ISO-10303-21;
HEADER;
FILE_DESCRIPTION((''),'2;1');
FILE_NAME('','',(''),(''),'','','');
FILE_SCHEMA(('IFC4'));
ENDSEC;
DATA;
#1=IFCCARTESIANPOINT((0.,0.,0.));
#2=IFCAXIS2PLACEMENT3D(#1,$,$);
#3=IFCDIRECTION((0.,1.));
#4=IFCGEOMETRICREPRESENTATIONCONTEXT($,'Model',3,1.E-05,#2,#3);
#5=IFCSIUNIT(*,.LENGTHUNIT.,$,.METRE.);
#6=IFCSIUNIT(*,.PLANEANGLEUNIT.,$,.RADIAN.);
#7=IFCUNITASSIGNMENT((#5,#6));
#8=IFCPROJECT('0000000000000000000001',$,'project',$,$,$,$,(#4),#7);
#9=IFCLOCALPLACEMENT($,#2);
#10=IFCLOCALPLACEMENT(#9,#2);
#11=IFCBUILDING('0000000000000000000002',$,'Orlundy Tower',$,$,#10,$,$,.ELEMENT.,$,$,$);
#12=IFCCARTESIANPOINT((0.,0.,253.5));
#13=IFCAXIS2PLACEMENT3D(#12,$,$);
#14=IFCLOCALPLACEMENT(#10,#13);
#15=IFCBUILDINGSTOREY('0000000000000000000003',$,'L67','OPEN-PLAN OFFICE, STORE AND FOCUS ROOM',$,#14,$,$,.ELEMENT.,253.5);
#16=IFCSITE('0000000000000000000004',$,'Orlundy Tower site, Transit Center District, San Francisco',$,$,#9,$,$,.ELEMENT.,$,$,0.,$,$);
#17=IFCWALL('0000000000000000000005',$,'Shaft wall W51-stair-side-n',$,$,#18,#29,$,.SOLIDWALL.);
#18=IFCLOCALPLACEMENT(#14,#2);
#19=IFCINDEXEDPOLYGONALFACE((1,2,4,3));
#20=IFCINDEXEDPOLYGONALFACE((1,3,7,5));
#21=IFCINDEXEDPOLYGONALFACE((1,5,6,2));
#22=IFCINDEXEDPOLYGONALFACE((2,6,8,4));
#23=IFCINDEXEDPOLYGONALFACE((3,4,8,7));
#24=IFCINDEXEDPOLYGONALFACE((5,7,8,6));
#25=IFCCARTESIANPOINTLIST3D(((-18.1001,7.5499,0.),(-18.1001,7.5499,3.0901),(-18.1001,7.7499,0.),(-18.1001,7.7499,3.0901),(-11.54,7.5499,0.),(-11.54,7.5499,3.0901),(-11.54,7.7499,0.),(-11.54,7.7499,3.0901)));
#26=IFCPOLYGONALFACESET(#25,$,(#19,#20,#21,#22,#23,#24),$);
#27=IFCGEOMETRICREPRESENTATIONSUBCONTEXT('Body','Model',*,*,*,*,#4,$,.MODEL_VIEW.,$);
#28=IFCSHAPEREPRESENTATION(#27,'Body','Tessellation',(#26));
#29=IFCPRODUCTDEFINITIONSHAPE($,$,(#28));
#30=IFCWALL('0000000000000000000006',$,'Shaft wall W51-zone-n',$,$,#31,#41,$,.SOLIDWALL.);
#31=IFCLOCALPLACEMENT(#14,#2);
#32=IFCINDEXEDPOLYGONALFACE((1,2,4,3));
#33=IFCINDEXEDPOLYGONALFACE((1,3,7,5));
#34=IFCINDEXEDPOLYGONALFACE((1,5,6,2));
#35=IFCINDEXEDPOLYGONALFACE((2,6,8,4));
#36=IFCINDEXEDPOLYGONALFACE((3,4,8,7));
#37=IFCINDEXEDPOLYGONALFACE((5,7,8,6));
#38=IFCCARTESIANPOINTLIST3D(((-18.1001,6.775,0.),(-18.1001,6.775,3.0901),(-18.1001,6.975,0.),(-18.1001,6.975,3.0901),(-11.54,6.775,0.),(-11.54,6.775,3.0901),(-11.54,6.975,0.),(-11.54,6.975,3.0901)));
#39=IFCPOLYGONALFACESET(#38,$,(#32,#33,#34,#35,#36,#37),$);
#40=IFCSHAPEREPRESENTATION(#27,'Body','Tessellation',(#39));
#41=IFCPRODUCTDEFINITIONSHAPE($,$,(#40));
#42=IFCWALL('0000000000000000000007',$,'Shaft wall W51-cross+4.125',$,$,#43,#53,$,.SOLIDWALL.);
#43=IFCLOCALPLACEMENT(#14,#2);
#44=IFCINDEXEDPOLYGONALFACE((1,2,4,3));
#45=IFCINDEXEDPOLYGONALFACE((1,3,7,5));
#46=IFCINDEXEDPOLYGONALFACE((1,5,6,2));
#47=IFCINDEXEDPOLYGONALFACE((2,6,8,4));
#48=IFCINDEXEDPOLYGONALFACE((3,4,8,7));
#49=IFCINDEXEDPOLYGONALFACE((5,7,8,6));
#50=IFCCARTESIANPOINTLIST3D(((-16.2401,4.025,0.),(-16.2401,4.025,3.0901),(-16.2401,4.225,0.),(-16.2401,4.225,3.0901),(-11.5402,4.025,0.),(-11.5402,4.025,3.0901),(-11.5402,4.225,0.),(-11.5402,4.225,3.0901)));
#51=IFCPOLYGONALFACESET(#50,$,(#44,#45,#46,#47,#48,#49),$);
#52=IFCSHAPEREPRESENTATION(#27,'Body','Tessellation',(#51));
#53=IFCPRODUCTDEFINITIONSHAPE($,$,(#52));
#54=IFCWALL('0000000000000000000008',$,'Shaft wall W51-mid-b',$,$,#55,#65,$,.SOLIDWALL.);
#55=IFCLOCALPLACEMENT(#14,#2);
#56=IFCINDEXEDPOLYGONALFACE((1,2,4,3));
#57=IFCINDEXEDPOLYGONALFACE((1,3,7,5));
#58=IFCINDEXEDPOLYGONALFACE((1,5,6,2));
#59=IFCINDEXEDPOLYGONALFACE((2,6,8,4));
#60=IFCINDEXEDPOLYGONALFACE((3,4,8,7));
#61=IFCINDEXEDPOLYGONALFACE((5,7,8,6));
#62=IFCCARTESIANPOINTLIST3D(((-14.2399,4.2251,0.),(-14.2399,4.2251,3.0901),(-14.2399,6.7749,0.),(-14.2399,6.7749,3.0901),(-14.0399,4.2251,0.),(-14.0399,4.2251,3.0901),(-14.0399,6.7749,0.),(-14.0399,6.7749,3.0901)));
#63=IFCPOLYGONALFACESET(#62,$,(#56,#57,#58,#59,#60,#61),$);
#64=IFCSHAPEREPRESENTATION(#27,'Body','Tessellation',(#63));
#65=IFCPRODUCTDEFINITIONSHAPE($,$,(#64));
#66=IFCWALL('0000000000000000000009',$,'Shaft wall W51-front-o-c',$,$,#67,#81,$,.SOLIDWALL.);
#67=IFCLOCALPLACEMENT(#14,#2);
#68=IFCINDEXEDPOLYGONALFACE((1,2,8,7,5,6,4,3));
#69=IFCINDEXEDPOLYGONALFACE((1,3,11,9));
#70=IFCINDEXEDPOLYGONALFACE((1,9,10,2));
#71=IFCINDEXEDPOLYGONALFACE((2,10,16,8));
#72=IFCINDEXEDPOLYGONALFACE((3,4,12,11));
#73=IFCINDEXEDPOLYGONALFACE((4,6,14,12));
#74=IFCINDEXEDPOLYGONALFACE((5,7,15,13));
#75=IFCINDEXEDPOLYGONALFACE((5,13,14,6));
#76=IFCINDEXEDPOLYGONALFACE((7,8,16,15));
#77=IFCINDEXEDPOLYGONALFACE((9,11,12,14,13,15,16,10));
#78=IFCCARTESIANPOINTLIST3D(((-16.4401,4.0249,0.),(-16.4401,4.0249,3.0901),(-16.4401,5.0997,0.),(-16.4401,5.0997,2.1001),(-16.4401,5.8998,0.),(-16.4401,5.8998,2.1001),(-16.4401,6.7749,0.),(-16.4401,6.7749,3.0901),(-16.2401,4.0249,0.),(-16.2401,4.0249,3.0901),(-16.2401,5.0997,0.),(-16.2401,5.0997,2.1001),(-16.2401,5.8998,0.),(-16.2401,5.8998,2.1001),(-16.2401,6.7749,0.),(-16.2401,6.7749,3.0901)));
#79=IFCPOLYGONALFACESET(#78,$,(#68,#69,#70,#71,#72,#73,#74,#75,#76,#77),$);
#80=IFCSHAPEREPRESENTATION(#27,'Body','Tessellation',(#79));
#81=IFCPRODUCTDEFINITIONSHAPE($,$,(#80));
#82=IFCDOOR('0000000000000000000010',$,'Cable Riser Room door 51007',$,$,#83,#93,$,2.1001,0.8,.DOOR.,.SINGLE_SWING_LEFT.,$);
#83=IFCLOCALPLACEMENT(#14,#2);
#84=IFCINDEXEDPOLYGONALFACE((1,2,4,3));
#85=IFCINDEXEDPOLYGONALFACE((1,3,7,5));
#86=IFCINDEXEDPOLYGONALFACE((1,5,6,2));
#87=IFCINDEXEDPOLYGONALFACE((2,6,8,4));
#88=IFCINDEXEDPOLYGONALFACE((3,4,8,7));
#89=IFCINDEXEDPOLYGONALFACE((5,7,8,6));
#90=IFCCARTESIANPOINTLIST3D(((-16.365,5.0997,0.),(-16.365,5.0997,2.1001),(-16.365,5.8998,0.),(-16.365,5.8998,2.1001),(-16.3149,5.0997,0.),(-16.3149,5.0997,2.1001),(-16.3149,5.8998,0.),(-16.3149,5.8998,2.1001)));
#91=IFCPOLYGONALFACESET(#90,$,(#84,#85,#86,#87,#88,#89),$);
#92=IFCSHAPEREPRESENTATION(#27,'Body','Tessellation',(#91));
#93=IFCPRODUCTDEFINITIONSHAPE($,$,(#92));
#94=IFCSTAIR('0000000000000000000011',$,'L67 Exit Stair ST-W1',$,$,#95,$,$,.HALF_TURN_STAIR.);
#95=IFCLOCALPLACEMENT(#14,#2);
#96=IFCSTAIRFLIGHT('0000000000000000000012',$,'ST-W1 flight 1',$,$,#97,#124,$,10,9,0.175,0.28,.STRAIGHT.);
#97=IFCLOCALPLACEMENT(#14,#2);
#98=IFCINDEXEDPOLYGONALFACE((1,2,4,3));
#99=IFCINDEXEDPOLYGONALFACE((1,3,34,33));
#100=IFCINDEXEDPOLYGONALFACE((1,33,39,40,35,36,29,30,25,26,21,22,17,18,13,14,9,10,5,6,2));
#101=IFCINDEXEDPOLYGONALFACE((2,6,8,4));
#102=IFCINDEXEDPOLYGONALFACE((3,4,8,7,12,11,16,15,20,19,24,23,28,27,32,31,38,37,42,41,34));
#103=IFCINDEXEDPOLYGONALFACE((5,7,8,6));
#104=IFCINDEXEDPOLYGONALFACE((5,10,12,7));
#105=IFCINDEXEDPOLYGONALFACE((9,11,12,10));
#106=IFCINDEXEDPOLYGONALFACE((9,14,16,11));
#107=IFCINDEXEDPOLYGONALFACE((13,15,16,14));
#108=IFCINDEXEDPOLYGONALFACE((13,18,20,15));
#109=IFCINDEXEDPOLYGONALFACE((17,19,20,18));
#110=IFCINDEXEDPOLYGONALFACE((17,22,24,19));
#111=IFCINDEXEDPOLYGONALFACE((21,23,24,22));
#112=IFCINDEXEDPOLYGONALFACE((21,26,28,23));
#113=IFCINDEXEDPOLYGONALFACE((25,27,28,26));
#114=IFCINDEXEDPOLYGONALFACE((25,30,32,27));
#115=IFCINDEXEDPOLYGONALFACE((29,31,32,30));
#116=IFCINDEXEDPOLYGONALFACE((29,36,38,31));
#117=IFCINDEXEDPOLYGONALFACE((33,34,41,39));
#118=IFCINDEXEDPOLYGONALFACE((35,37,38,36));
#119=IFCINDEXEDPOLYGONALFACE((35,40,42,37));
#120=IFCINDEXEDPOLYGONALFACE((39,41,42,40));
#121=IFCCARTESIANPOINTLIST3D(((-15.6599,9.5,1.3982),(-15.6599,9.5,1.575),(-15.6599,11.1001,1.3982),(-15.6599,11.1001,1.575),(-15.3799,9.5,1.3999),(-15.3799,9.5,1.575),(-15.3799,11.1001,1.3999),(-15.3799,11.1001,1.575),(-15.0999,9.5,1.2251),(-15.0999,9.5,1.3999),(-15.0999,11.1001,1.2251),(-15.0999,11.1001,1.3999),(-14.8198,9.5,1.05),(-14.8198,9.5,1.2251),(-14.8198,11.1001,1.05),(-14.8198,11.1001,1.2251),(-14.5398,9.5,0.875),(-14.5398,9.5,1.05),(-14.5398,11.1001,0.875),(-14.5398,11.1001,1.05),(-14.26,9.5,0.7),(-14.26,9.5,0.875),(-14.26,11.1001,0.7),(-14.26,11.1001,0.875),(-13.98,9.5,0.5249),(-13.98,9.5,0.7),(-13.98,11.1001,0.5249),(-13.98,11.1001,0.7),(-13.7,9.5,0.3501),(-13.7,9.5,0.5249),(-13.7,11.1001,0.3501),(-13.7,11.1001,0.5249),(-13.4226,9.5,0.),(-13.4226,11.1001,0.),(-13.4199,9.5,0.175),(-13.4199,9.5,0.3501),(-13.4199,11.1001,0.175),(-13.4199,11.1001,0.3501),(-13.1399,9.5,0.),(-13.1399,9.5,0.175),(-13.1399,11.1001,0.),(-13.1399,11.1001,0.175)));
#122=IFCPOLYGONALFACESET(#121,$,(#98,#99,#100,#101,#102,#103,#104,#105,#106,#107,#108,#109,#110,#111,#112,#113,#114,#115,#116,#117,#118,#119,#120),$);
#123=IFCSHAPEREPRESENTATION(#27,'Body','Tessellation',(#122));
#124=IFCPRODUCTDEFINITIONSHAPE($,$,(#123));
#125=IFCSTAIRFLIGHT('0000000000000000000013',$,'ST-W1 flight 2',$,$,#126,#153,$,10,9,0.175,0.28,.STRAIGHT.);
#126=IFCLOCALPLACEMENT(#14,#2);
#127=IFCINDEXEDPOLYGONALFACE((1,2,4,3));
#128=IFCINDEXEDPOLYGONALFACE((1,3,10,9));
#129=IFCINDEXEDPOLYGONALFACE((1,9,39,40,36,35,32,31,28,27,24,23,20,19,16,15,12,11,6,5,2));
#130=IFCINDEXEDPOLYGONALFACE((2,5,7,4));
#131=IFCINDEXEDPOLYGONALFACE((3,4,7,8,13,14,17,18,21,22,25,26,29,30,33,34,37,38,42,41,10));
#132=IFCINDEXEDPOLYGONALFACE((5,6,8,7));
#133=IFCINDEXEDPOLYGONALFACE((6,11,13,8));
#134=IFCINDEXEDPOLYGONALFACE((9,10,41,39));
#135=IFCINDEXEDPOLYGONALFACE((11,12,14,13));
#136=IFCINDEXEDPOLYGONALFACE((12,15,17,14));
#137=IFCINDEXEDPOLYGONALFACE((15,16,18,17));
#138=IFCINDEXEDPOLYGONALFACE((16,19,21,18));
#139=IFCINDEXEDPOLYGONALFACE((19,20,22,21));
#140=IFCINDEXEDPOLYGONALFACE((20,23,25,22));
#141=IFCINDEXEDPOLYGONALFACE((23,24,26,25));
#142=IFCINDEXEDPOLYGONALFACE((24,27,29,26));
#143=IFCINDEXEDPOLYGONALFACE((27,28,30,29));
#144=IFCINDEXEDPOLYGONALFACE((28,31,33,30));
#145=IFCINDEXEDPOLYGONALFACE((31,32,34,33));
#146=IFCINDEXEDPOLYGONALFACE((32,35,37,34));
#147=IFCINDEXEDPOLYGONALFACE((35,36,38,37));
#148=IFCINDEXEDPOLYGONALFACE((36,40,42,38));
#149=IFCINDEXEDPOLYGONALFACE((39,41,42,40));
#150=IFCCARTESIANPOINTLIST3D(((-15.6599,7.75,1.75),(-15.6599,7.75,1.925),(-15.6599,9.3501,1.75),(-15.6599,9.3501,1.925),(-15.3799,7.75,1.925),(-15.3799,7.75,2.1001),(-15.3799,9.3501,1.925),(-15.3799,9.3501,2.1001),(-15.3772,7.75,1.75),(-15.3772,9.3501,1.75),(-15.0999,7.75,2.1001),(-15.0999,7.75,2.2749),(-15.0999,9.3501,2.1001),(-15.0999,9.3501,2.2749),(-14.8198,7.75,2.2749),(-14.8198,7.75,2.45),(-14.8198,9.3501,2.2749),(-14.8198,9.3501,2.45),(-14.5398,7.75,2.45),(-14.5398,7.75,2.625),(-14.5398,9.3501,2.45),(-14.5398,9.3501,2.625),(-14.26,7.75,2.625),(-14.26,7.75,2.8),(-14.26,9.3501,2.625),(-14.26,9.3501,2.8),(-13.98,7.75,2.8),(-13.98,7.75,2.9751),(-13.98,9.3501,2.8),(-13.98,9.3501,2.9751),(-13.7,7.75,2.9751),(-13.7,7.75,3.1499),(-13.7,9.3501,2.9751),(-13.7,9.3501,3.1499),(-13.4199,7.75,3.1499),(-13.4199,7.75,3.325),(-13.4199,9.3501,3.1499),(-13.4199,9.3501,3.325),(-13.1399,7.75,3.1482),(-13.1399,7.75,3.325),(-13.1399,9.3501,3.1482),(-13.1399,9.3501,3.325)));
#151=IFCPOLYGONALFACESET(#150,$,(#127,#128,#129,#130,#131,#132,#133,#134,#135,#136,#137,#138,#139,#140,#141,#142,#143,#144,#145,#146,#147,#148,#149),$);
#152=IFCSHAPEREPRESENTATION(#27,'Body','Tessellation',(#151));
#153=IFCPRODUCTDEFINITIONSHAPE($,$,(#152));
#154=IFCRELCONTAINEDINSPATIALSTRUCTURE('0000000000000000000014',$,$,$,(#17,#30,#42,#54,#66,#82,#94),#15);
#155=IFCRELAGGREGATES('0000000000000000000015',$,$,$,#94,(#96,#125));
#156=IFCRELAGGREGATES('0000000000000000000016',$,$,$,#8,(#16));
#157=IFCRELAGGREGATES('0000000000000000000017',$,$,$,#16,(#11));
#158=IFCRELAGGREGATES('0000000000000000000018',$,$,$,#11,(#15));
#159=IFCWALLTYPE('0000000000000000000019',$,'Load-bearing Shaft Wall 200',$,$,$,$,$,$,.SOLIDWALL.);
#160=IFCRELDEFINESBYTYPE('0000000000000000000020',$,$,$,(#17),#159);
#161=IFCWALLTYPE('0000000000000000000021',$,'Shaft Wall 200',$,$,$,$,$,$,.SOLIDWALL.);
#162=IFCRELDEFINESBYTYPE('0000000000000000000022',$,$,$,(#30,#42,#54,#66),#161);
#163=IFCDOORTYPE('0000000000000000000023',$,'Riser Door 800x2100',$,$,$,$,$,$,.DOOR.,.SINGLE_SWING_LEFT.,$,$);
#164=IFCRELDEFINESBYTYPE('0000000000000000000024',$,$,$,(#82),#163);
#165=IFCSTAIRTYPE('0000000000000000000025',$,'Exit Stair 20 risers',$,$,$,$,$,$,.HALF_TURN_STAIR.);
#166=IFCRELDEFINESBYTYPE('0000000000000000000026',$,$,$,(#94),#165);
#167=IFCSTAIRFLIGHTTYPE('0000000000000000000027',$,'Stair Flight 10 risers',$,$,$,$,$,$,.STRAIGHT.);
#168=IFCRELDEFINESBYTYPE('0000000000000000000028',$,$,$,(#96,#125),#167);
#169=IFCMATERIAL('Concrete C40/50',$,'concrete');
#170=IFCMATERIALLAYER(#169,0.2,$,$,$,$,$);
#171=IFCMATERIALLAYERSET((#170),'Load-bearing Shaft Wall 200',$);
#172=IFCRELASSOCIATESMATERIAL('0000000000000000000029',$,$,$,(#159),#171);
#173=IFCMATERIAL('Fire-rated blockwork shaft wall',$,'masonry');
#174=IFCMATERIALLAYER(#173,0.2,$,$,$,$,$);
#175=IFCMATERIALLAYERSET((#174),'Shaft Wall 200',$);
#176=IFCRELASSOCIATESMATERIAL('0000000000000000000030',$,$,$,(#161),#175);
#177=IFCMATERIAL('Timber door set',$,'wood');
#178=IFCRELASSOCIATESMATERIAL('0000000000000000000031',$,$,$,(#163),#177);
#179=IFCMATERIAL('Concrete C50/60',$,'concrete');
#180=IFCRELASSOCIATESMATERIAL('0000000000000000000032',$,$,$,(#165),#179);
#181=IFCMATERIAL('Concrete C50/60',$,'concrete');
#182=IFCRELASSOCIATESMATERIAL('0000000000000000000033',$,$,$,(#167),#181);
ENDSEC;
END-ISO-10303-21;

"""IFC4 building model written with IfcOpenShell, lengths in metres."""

from ifc_helpers import new_model, si_unit, direction, frame, frame_2d, origin, place, context, subcontext, project, spatial, polyline, rectangle, outline, extrude, material, layer, layer_set, type_object, element, fill, aggregate, save


model = new_model("IFC4")

# Units and contexts
model_context = context("Model", 3, precision=1e-05, world=origin(), true_north=direction((0.0, 1.0)))
body_context = subcontext(model_context, "Body", "Model", "MODEL_VIEW")
ifc_project = project(units=[si_unit("LENGTHUNIT", "METRE"), si_unit("PLANEANGLEUNIT", "RADIAN")], contexts=[model_context])

# Site, building, storey
site_placement = place(None, origin())
site = spatial("IfcSite", under=ifc_project, at=site_placement, Name="Orlundy Tower site, Transit Center District, San Francisco", CompositionType="ELEMENT", RefElevation=0.0)
building_placement = place(site_placement, origin())
building = spatial("IfcBuilding", under=site, at=building_placement, Name="Orlundy Tower", CompositionType="ELEMENT")
storey_placement = place(building_placement, frame((0.0, 0.0, 253.5)))
storey = spatial("IfcBuildingStorey", under=building, at=storey_placement, Name="L67", Description="OPEN-PLAN OFFICE, STORE AND FOCUS ROOM", CompositionType="ELEMENT", Elevation=253.5)

# Shared definitions
ifc_material_1 = material(Name="Concrete C40/50", Category="concrete")
ifc_layer_1 = layer(ifc_material_1, 0.2)
ifc_layer_set_1 = layer_set([ifc_layer_1], Name="Load-bearing Shaft Wall 200")
wall_type_1 = type_object("IfcWallType", Name="Load-bearing Shaft Wall 200", PredefinedType="SOLIDWALL", material=ifc_layer_set_1)

# Walls
wall_1_placement = place(storey_placement, frame((-11.54, 7.6499, 0.0), z_axis=(0.0, 0.0, 1.0), x_axis=(-1.0, 0.0, 0.0)))
element("IfcWall", 1, at=wall_1_placement, inside=storey, type_object=wall_type_1, Name="Shaft wall W51-stair-side-n", PredefinedType="SOLIDWALL", context=body_context, shape_type="SweptSolid", body=[
    extrude(rectangle(XDim=6.5601, YDim=0.2, at=frame_2d((3.28, 0.0))), origin(), (0.0, 0.0, 1.0), 3.0901),
])
ifc_material_2 = material(Name="Fire-rated blockwork shaft wall", Category="masonry")
ifc_layer_2 = layer(ifc_material_2, 0.2)
ifc_layer_set_2 = layer_set([ifc_layer_2], Name="Shaft Wall 200")
wall_type_2 = type_object("IfcWallType", Name="Shaft Wall 200", PredefinedType="SOLIDWALL", material=ifc_layer_set_2)
wall_2_placement = place(storey_placement, frame((-11.54, 6.875, 0.0), z_axis=(0.0, 0.0, 1.0), x_axis=(-1.0, 0.0, 0.0)))
element("IfcWall", 2, at=wall_2_placement, inside=storey, type_object=wall_type_2, Name="Shaft wall W51-zone-n", PredefinedType="SOLIDWALL", context=body_context, shape_type="SweptSolid", body=[
    extrude(rectangle(XDim=6.5601, YDim=0.2, at=frame_2d((3.28, 0.0))), origin(), (0.0, 0.0, 1.0), 3.0901),
])
wall_3_placement = place(storey_placement, frame((-11.54, 4.125, 0.0), z_axis=(0.0, 0.0, 1.0), x_axis=(-1.0, 0.0, 0.0)))
element("IfcWall", 3, at=wall_3_placement, inside=storey, type_object=wall_type_2, Name="Shaft wall W51-cross+4.125", PredefinedType="SOLIDWALL", context=body_context, shape_type="SweptSolid", body=[
    extrude(rectangle(XDim=4.7, YDim=0.2, at=frame_2d((2.3501, 0.0))), origin(), (0.0, 0.0, 1.0), 3.0901),
])
wall_4_placement = place(storey_placement, frame((-14.1399, 4.2251, 0.0), z_axis=(0.0, 0.0, 1.0), x_axis=(0.0, 1.0, 0.0)))
element("IfcWall", 4, at=wall_4_placement, inside=storey, type_object=wall_type_2, Name="Shaft wall W51-mid-b", PredefinedType="SOLIDWALL", context=body_context, shape_type="SweptSolid", body=[
    extrude(rectangle(XDim=2.5498, YDim=0.2, at=frame_2d((1.2749, 0.0))), origin(), (0.0, 0.0, 1.0), 3.0901),
])

# Wall, opening, door
wall_5_placement = place(storey_placement, frame((-16.3401, 4.0249, 0.0), z_axis=(0.0, 0.0, 1.0), x_axis=(0.0, 1.0, 0.0)))
wall_5 = element("IfcWall", 5, at=wall_5_placement, inside=storey, type_object=wall_type_2, Name="Shaft wall W51-front-o-c", PredefinedType="SOLIDWALL", context=body_context, shape_type="SweptSolid", body=[
    extrude(rectangle(XDim=2.75, YDim=0.2, at=frame_2d((1.375, 0.0))), origin(), (0.0, 0.0, 1.0), 3.0901),
])
opening_1_placement = place(wall_5_placement, frame((1.075, 0.0, 0.0)))
opening_1 = element("IfcOpeningElement", 6, at=opening_1_placement, cuts=wall_5, PredefinedType="OPENING", context=body_context, shape_type="SweptSolid", body=[
    extrude(rectangle(XDim=0.8, YDim=2.1001, at=frame_2d((0.3999, 1.05))), frame((0.0, 0.1101, 0.0), z_axis=(0.0, -1.0, 0.0), x_axis=(1.0, 0.0, 0.0)), (0.0, 0.0, 1.0), 0.2202),
])
ifc_material_3 = material(Name="Timber door set", Category="wood")
door_type_1 = type_object("IfcDoorType", Name="Riser Door 800x2100", OperationType="SINGLE_SWING_LEFT", PredefinedType="DOOR", material=ifc_material_3)
door_1_placement = place(opening_1_placement, origin())
door_1 = element("IfcDoor", 7, at=door_1_placement, inside=storey, type_object=door_type_1, Name="Cable Riser Room door 51007", OperationType="SINGLE_SWING_LEFT", OverallHeight=2.1001, OverallWidth=0.8, PredefinedType="DOOR", context=body_context, shape_type="SweptSolid", body=[
    extrude(rectangle(XDim=0.8, YDim=2.1001, at=frame_2d((0.3999, 1.05))), frame((0.0, 0.0249, 0.0), z_axis=(0.0, -1.0, 0.0), x_axis=(1.0, 0.0, 0.0)), (0.0, 0.0, 1.0), 0.05),
])
fill(opening_1, door_1)

# Stair, stair flights
ifc_material_4 = material(Name="Concrete C50/60", Category="concrete")
stair_type = type_object("IfcStairType", Name="Exit Stair 20 risers", PredefinedType="HALF_TURN_STAIR", material=ifc_material_4)
stair_placement = place(storey_placement, origin())
stair = element("IfcStair", 8, at=stair_placement, inside=storey, type_object=stair_type, Name="L67 Exit Stair ST-W1", PredefinedType="HALF_TURN_STAIR")
ifc_material_5 = material(Name="Concrete C50/60", Category="concrete")
stair_flight_type = type_object("IfcStairFlightType", Name="Stair Flight 10 risers", PredefinedType="STRAIGHT", material=ifc_material_5)
stair_flight_1_placement = place(storey_placement, frame((-13.1399, 10.3, 0.0), z_axis=(0.0, 0.0, 1.0), x_axis=(-1.0, 0.0, 0.0)))
stair_flight_1 = element("IfcStairFlight", 9, at=stair_flight_1_placement, type_object=stair_flight_type, Name="ST-W1 flight 1", NumberOfRisers=10, NumberOfTreads=9, PredefinedType="STRAIGHT", RiserHeight=0.175, TreadLength=0.28, context=body_context, shape_type="SweptSolid", body=[
    extrude(outline(polyline([(0.0, 0.0), (0.0, 0.175), (0.28, 0.175), (0.28, 0.3501), (0.5601, 0.3501), (0.5601, 0.5249), (0.8401, 0.5249), (0.8401, 0.7), (1.1201, 0.7), (1.1201, 0.875), (1.3999, 0.875), (1.3999, 1.05), (1.6799, 1.05), (1.6799, 1.2251), (1.96, 1.2251), (1.96, 1.3999), (2.24, 1.3999), (2.24, 1.575), (2.52, 1.575), (2.52, 1.75), (2.52, 1.3982), (0.2827, 0.0), (0.0, 0.0)])), frame((0.0, 0.8, 0.0), z_axis=(0.0, -1.0, 0.0), x_axis=(1.0, 0.0, 0.0)), (0.0, 0.0, 1.0), 1.6001),
])
stair_flight_2_placement = place(storey_placement, frame((-15.6599, 8.55, 1.75), z_axis=(0.0, 0.0, 1.0), x_axis=(1.0, 0.0, 0.0)))
stair_flight_2 = element("IfcStairFlight", 10, at=stair_flight_2_placement, type_object=stair_flight_type, Name="ST-W1 flight 2", NumberOfRisers=10, NumberOfTreads=9, PredefinedType="STRAIGHT", RiserHeight=0.175, TreadLength=0.28, context=body_context, shape_type="SweptSolid", body=[
    extrude(outline(polyline([(0.0, 0.0), (0.0, 0.175), (0.28, 0.175), (0.28, 0.3501), (0.5601, 0.3501), (0.5601, 0.5249), (0.8401, 0.5249), (0.8401, 0.7), (1.1201, 0.7), (1.1201, 0.875), (1.3999, 0.875), (1.3999, 1.05), (1.6799, 1.05), (1.6799, 1.2251), (1.96, 1.2251), (1.96, 1.3999), (2.24, 1.3999), (2.24, 1.575), (2.52, 1.575), (2.52, 1.75), (2.52, 1.3982), (0.2827, 0.0), (0.0, 0.0)])), frame((0.0, 0.8, 0.0), z_axis=(0.0, -1.0, 0.0), x_axis=(1.0, 0.0, 0.0)), (0.0, 0.0, 1.0), 1.6001),
])
aggregate(stair, [stair_flight_1, stair_flight_2])

save(model, "model.ifc")
